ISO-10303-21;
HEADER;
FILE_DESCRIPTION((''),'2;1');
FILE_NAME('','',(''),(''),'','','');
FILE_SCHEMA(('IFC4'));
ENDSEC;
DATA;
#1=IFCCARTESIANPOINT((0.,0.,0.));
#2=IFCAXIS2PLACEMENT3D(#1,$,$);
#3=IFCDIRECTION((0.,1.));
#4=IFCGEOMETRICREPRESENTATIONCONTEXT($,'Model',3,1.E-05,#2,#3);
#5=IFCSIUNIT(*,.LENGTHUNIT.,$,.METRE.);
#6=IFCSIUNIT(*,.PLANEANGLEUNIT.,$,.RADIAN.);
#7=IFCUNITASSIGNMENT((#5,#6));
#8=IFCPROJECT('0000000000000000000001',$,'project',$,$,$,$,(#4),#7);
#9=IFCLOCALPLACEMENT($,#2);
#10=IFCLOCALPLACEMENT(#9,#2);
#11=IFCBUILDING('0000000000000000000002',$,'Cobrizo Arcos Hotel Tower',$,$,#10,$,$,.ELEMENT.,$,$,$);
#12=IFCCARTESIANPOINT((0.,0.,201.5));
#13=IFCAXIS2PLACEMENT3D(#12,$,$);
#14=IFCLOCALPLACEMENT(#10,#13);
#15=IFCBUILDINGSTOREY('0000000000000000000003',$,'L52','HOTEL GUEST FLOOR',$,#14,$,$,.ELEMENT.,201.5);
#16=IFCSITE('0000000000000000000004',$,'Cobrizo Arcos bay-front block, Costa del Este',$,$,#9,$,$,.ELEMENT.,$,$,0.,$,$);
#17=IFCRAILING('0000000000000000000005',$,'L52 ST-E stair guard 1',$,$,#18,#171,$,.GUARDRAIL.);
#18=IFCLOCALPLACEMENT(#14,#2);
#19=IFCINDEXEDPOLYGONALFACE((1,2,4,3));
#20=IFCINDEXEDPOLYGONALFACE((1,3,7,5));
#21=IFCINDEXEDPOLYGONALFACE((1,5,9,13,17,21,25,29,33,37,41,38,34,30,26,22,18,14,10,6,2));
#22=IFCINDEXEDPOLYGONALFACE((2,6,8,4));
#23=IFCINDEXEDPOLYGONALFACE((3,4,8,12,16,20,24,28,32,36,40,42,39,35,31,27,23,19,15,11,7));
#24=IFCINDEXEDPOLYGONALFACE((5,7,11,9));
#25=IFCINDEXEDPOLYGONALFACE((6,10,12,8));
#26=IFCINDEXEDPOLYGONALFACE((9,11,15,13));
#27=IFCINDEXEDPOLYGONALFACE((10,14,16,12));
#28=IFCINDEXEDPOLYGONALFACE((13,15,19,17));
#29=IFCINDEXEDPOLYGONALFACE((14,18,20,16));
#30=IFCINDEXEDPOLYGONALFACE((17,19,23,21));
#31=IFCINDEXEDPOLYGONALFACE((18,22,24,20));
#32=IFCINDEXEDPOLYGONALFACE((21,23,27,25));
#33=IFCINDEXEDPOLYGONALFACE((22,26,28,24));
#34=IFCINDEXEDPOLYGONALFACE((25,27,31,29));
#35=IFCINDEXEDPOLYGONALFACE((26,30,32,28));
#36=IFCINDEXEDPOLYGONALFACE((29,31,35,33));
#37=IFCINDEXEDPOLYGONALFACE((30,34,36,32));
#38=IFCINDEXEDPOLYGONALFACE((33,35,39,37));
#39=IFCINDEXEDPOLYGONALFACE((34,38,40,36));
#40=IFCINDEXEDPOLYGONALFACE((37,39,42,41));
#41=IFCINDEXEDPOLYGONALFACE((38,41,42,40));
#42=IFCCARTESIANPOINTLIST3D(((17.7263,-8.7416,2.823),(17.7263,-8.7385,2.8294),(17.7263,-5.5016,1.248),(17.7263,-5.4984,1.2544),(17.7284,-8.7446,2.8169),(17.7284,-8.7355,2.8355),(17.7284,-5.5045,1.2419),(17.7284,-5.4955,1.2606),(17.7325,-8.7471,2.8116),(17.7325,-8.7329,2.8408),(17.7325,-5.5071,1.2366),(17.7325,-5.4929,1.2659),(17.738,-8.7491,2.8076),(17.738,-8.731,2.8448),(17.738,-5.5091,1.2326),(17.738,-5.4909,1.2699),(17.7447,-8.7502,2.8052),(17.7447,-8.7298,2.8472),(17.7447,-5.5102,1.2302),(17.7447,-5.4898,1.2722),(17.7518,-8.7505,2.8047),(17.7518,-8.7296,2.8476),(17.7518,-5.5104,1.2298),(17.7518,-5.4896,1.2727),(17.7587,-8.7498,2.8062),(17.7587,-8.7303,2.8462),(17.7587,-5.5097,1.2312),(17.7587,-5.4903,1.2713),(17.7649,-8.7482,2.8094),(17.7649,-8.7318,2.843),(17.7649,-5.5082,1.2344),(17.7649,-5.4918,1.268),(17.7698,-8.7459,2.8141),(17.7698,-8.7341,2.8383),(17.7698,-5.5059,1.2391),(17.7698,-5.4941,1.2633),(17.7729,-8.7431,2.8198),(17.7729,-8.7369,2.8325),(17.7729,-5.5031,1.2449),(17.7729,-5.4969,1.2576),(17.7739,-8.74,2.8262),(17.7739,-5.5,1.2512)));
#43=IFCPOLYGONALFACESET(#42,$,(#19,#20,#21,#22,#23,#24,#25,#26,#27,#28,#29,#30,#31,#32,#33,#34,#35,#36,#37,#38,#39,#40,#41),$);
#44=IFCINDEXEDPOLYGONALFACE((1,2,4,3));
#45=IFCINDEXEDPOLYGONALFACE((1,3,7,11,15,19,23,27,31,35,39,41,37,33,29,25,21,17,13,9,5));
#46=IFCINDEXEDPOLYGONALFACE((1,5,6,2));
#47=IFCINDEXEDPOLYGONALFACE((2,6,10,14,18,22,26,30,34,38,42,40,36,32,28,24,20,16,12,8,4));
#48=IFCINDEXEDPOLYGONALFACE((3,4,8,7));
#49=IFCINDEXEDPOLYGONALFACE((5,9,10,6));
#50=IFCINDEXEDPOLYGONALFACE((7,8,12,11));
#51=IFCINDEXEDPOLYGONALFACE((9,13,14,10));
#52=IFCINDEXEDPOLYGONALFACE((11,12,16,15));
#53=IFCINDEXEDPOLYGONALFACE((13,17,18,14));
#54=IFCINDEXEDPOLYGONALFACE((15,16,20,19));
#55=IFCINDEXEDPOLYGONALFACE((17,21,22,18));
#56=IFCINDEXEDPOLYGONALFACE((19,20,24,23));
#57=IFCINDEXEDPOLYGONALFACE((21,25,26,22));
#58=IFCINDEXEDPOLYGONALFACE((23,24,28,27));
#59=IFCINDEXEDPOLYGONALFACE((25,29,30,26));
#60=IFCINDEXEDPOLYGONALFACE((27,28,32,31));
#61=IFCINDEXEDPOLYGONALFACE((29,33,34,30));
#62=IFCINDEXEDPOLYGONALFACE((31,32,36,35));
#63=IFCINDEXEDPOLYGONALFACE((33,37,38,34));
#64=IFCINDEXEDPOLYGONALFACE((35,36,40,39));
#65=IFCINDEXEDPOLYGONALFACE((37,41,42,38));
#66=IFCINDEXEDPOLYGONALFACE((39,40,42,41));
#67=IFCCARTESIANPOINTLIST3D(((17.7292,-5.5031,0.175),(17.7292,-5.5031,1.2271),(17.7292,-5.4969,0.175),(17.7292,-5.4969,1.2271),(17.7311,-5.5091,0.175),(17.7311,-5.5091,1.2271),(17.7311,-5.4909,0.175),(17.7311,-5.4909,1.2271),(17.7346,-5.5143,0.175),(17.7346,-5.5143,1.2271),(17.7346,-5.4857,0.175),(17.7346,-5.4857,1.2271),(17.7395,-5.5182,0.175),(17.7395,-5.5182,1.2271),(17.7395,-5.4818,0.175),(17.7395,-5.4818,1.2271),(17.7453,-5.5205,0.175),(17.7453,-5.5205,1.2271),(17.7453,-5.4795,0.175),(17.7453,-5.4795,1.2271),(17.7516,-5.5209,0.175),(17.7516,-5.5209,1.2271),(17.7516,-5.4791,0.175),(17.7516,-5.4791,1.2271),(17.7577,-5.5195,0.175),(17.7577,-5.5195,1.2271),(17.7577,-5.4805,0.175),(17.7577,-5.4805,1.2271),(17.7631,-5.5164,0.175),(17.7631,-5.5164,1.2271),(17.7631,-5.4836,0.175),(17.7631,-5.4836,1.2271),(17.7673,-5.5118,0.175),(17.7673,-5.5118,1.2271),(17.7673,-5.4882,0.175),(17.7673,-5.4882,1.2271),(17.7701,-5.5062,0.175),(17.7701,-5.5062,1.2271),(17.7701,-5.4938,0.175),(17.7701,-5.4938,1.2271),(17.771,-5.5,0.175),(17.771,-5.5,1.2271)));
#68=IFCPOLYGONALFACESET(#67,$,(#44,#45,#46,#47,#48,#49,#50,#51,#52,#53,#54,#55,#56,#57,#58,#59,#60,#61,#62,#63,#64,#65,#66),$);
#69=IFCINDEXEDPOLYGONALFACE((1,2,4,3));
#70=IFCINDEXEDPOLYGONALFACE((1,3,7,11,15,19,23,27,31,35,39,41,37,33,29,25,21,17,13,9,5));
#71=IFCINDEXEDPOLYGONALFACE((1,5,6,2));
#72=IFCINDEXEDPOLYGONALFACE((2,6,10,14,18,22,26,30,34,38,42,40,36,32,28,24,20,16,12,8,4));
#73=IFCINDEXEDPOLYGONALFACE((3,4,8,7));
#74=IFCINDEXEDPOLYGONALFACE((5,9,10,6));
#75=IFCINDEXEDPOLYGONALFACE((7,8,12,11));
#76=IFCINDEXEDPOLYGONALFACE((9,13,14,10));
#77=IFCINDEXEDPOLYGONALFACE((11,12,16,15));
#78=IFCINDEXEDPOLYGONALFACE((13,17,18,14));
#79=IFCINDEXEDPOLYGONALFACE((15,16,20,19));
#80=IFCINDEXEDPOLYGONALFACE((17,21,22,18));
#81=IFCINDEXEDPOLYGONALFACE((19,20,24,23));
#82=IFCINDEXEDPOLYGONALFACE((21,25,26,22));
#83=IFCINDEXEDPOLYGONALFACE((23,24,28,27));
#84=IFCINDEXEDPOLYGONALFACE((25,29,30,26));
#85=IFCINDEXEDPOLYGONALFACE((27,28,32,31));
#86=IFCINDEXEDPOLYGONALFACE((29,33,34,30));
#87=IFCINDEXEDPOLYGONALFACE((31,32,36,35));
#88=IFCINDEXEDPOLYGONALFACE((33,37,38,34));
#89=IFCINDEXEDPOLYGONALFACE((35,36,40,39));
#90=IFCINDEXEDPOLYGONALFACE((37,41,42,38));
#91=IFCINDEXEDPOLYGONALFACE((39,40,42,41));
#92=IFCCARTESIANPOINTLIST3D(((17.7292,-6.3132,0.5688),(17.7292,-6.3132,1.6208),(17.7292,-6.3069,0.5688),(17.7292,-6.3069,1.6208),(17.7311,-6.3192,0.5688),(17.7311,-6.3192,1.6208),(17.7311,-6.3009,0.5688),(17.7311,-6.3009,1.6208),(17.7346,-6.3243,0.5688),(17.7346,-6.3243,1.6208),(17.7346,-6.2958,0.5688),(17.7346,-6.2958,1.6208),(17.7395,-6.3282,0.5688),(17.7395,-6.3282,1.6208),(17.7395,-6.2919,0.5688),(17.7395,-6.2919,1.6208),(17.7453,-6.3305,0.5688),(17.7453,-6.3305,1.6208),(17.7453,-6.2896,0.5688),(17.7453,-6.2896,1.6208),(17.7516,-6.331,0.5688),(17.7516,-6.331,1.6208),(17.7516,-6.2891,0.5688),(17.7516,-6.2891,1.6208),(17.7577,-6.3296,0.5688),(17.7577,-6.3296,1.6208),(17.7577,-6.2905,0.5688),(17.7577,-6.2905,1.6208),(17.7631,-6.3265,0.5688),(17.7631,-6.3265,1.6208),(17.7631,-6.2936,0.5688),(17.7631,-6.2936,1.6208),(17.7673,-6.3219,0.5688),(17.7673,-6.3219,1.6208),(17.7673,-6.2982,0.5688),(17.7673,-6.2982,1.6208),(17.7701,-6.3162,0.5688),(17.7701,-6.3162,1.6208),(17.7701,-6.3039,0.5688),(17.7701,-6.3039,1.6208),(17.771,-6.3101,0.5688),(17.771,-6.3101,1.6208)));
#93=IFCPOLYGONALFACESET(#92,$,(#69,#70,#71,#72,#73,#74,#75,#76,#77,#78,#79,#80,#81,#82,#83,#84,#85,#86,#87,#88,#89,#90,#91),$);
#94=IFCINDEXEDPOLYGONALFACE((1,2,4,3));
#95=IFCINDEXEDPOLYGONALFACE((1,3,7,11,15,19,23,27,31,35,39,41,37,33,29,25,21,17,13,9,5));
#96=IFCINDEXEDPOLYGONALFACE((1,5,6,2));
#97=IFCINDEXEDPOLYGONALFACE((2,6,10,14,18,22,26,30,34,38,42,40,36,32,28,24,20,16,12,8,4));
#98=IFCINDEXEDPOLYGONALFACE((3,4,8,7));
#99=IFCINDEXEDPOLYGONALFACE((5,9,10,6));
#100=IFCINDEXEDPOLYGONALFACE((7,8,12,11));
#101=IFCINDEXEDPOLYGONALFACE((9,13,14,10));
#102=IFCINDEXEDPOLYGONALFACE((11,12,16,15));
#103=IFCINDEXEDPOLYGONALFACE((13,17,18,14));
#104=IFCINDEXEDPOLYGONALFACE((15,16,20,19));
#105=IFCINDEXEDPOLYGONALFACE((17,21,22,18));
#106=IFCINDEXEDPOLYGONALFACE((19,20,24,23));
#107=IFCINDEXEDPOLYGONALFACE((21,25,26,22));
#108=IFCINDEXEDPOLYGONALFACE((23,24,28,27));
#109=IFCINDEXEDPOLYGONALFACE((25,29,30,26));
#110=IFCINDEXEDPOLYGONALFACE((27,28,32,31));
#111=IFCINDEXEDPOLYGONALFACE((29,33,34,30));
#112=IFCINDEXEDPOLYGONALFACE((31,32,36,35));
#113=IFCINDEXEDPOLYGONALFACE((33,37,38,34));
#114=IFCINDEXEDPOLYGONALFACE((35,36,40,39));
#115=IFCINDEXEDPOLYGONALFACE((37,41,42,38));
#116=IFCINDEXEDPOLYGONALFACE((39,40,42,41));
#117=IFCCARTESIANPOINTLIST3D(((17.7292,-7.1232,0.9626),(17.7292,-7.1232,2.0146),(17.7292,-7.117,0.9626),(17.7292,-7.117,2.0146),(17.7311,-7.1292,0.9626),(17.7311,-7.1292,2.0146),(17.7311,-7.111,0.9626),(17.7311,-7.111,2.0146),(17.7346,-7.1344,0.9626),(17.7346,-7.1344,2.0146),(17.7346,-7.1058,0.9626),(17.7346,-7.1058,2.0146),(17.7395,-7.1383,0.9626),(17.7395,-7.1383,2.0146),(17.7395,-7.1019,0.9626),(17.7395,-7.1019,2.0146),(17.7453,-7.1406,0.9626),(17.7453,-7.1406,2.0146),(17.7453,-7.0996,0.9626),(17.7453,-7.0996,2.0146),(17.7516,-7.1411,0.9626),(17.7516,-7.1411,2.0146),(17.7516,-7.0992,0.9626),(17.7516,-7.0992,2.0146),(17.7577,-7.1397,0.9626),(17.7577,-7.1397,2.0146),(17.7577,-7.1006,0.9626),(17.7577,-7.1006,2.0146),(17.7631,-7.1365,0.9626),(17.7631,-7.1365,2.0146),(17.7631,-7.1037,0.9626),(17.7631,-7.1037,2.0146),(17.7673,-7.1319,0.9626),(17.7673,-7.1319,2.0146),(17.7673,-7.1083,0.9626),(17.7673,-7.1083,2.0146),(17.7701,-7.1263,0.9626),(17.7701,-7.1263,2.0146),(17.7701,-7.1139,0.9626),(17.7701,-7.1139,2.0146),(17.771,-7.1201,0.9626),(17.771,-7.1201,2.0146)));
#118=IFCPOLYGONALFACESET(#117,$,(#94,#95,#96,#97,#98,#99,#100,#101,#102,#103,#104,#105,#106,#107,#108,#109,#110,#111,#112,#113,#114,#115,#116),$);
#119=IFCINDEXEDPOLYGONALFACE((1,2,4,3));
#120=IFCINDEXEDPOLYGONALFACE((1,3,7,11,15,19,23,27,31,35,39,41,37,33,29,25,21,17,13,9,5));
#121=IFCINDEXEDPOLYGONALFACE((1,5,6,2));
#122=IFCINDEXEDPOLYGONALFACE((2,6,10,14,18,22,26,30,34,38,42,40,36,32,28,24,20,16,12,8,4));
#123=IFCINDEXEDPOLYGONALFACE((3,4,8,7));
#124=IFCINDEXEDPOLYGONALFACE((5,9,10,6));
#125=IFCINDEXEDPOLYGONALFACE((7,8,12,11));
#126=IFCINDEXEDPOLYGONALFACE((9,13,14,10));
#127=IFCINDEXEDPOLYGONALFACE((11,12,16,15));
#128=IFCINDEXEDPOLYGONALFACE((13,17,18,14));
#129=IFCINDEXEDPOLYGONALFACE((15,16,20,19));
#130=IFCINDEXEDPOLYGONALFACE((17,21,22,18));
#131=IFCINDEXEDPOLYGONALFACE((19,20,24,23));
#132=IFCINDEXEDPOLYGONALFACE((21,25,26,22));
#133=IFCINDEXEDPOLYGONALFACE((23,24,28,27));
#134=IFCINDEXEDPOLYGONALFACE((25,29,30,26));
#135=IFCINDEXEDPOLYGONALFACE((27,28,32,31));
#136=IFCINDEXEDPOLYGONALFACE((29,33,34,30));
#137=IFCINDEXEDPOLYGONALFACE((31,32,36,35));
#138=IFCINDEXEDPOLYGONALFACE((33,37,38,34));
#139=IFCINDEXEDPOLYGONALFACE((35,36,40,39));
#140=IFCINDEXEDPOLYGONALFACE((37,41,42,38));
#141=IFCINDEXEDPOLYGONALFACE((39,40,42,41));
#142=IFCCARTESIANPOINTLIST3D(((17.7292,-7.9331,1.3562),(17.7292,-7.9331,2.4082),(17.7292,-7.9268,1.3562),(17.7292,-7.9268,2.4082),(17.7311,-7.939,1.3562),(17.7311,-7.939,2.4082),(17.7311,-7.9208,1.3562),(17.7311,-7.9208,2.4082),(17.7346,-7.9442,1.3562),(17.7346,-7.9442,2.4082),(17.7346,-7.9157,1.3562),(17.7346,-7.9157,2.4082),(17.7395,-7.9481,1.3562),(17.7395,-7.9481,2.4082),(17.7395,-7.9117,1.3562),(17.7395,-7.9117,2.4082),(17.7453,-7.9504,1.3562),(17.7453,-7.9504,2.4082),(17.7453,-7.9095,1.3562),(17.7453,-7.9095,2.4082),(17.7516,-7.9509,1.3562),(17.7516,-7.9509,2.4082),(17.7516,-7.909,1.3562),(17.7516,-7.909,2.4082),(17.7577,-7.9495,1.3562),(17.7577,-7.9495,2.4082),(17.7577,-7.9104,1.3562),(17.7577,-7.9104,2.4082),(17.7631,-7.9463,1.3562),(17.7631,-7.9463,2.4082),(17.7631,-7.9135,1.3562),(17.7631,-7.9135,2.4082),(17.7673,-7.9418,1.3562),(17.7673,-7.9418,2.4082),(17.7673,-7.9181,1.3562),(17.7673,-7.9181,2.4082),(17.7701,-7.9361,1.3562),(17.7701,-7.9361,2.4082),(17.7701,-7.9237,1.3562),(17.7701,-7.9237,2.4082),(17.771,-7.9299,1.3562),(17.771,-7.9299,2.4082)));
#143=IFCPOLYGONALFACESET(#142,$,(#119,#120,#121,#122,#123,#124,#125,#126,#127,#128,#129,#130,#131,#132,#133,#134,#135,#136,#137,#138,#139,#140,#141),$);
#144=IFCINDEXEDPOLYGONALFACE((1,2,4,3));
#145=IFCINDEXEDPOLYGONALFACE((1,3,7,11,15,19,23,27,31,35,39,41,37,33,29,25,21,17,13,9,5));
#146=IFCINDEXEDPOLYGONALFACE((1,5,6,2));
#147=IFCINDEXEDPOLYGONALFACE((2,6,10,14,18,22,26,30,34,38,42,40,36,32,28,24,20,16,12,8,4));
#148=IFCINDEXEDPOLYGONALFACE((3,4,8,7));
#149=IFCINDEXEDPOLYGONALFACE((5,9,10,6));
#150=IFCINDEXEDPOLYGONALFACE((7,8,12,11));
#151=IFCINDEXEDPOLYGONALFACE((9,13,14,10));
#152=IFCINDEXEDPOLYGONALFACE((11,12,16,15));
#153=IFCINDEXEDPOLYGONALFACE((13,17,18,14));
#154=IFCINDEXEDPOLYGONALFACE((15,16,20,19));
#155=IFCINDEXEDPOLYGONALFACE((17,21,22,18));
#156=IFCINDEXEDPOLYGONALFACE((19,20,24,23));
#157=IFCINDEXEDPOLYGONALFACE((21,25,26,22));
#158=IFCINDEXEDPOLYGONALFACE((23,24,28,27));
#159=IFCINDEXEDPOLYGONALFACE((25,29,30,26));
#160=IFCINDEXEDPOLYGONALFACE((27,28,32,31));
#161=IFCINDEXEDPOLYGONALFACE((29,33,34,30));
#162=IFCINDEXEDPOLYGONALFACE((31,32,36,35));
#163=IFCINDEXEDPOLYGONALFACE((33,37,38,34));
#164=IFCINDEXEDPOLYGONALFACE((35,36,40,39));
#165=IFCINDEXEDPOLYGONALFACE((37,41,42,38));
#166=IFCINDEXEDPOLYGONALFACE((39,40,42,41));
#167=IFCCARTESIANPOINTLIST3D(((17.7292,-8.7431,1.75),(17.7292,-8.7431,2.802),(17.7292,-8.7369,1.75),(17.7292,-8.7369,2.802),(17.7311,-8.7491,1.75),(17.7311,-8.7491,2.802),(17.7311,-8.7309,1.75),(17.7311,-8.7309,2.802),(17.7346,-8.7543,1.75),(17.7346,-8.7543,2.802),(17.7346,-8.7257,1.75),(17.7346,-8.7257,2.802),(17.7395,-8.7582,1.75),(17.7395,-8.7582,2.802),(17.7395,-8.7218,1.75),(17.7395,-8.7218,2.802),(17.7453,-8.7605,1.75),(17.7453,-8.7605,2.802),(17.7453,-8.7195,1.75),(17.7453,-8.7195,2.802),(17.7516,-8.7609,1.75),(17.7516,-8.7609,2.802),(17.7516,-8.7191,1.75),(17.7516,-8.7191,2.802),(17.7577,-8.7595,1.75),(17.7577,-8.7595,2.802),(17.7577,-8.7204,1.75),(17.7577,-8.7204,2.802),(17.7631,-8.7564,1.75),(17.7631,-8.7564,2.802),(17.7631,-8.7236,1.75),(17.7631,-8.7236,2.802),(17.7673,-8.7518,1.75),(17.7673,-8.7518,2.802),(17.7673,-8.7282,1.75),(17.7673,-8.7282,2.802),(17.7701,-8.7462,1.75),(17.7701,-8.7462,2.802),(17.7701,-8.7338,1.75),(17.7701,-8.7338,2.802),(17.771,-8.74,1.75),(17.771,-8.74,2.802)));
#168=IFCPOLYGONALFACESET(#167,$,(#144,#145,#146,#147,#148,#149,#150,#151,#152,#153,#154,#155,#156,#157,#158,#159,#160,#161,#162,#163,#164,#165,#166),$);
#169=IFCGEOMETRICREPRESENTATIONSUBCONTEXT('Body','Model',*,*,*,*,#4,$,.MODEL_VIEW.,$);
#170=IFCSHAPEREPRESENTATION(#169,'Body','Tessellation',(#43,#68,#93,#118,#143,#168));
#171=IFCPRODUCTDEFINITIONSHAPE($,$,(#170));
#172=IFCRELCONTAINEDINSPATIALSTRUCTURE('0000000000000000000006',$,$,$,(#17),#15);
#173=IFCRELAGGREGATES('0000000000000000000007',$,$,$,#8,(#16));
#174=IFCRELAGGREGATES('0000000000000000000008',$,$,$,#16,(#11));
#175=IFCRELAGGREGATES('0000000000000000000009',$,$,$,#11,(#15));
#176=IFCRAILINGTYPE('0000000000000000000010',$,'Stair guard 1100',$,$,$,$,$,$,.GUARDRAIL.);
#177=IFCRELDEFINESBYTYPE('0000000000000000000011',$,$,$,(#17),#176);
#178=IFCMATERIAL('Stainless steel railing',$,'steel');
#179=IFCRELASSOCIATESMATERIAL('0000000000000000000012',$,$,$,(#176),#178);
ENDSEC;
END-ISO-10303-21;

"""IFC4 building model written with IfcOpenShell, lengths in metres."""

from ifc_helpers import new_model, si_unit, direction, frame, origin, origin_2d, place, context, subcontext, project, spatial, circle, extrude, material, type_object, element, save


model = new_model("IFC4")

# Units and contexts
model_context = context("Model", 3, precision=1e-05, world=origin(), true_north=direction((0.0, 1.0)))
body_context = subcontext(model_context, "Body", "Model", "MODEL_VIEW")
ifc_project = project(units=[si_unit("LENGTHUNIT", "METRE"), si_unit("PLANEANGLEUNIT", "RADIAN")], contexts=[model_context])

# Site, building, storey
site_placement = place(None, origin())
site = spatial("IfcSite", under=ifc_project, at=site_placement, Name="Cobrizo Arcos bay-front block, Costa del Este", CompositionType="ELEMENT", RefElevation=0.0)
building_placement = place(site_placement, origin())
building = spatial("IfcBuilding", under=site, at=building_placement, Name="Cobrizo Arcos Hotel Tower", CompositionType="ELEMENT")
storey_placement = place(building_placement, frame((0.0, 0.0, 201.5)))
storey = spatial("IfcBuildingStorey", under=building, at=storey_placement, Name="L52", Description="HOTEL GUEST FLOOR", CompositionType="ELEMENT", Elevation=201.5)

# Railing
ifc_material_1 = material(Name="Stainless steel railing", Category="steel")
railing_type_1 = type_object("IfcRailingType", Name="Stair guard 1100", PredefinedType="GUARDRAIL", material=ifc_material_1)
railing_1_placement = place(storey_placement, frame((17.75, -5.5, 0.175)))
element("IfcRailing", 1, at=railing_1_placement, inside=storey, type_object=railing_type_1, Name="L52 ST-E stair guard 1", PredefinedType="GUARDRAIL", context=body_context, shape_type="SweptSolid", body=[
    extrude(circle(Radius=0.0239, at=origin_2d()), frame((0.0, 0.0, 1.0762), z_axis=(0.0, -0.899373, 0.437183), x_axis=(1.0, 0.0, 0.0)), (0.0, 0.0, 1.0), 3.6025),
    extrude(circle(Radius=0.021, at=origin_2d()), origin(), (0.0, 0.0, 1.0), 1.052),
    extrude(circle(Radius=0.021, at=origin_2d()), frame((0.0, -0.8101, 0.3938)), (0.0, 0.0, 1.0), 1.052),
    extrude(circle(Radius=0.021, at=origin_2d()), frame((0.0, -1.6201, 0.7876)), (0.0, 0.0, 1.0), 1.052),
    extrude(circle(Radius=0.021, at=origin_2d()), frame((0.0, -2.4299, 1.1812)), (0.0, 0.0, 1.0), 1.052),
    extrude(circle(Radius=0.021, at=origin_2d()), frame((0.0, -3.24, 1.575)), (0.0, 0.0, 1.0), 1.052),
])

save(model, "model.ifc")
